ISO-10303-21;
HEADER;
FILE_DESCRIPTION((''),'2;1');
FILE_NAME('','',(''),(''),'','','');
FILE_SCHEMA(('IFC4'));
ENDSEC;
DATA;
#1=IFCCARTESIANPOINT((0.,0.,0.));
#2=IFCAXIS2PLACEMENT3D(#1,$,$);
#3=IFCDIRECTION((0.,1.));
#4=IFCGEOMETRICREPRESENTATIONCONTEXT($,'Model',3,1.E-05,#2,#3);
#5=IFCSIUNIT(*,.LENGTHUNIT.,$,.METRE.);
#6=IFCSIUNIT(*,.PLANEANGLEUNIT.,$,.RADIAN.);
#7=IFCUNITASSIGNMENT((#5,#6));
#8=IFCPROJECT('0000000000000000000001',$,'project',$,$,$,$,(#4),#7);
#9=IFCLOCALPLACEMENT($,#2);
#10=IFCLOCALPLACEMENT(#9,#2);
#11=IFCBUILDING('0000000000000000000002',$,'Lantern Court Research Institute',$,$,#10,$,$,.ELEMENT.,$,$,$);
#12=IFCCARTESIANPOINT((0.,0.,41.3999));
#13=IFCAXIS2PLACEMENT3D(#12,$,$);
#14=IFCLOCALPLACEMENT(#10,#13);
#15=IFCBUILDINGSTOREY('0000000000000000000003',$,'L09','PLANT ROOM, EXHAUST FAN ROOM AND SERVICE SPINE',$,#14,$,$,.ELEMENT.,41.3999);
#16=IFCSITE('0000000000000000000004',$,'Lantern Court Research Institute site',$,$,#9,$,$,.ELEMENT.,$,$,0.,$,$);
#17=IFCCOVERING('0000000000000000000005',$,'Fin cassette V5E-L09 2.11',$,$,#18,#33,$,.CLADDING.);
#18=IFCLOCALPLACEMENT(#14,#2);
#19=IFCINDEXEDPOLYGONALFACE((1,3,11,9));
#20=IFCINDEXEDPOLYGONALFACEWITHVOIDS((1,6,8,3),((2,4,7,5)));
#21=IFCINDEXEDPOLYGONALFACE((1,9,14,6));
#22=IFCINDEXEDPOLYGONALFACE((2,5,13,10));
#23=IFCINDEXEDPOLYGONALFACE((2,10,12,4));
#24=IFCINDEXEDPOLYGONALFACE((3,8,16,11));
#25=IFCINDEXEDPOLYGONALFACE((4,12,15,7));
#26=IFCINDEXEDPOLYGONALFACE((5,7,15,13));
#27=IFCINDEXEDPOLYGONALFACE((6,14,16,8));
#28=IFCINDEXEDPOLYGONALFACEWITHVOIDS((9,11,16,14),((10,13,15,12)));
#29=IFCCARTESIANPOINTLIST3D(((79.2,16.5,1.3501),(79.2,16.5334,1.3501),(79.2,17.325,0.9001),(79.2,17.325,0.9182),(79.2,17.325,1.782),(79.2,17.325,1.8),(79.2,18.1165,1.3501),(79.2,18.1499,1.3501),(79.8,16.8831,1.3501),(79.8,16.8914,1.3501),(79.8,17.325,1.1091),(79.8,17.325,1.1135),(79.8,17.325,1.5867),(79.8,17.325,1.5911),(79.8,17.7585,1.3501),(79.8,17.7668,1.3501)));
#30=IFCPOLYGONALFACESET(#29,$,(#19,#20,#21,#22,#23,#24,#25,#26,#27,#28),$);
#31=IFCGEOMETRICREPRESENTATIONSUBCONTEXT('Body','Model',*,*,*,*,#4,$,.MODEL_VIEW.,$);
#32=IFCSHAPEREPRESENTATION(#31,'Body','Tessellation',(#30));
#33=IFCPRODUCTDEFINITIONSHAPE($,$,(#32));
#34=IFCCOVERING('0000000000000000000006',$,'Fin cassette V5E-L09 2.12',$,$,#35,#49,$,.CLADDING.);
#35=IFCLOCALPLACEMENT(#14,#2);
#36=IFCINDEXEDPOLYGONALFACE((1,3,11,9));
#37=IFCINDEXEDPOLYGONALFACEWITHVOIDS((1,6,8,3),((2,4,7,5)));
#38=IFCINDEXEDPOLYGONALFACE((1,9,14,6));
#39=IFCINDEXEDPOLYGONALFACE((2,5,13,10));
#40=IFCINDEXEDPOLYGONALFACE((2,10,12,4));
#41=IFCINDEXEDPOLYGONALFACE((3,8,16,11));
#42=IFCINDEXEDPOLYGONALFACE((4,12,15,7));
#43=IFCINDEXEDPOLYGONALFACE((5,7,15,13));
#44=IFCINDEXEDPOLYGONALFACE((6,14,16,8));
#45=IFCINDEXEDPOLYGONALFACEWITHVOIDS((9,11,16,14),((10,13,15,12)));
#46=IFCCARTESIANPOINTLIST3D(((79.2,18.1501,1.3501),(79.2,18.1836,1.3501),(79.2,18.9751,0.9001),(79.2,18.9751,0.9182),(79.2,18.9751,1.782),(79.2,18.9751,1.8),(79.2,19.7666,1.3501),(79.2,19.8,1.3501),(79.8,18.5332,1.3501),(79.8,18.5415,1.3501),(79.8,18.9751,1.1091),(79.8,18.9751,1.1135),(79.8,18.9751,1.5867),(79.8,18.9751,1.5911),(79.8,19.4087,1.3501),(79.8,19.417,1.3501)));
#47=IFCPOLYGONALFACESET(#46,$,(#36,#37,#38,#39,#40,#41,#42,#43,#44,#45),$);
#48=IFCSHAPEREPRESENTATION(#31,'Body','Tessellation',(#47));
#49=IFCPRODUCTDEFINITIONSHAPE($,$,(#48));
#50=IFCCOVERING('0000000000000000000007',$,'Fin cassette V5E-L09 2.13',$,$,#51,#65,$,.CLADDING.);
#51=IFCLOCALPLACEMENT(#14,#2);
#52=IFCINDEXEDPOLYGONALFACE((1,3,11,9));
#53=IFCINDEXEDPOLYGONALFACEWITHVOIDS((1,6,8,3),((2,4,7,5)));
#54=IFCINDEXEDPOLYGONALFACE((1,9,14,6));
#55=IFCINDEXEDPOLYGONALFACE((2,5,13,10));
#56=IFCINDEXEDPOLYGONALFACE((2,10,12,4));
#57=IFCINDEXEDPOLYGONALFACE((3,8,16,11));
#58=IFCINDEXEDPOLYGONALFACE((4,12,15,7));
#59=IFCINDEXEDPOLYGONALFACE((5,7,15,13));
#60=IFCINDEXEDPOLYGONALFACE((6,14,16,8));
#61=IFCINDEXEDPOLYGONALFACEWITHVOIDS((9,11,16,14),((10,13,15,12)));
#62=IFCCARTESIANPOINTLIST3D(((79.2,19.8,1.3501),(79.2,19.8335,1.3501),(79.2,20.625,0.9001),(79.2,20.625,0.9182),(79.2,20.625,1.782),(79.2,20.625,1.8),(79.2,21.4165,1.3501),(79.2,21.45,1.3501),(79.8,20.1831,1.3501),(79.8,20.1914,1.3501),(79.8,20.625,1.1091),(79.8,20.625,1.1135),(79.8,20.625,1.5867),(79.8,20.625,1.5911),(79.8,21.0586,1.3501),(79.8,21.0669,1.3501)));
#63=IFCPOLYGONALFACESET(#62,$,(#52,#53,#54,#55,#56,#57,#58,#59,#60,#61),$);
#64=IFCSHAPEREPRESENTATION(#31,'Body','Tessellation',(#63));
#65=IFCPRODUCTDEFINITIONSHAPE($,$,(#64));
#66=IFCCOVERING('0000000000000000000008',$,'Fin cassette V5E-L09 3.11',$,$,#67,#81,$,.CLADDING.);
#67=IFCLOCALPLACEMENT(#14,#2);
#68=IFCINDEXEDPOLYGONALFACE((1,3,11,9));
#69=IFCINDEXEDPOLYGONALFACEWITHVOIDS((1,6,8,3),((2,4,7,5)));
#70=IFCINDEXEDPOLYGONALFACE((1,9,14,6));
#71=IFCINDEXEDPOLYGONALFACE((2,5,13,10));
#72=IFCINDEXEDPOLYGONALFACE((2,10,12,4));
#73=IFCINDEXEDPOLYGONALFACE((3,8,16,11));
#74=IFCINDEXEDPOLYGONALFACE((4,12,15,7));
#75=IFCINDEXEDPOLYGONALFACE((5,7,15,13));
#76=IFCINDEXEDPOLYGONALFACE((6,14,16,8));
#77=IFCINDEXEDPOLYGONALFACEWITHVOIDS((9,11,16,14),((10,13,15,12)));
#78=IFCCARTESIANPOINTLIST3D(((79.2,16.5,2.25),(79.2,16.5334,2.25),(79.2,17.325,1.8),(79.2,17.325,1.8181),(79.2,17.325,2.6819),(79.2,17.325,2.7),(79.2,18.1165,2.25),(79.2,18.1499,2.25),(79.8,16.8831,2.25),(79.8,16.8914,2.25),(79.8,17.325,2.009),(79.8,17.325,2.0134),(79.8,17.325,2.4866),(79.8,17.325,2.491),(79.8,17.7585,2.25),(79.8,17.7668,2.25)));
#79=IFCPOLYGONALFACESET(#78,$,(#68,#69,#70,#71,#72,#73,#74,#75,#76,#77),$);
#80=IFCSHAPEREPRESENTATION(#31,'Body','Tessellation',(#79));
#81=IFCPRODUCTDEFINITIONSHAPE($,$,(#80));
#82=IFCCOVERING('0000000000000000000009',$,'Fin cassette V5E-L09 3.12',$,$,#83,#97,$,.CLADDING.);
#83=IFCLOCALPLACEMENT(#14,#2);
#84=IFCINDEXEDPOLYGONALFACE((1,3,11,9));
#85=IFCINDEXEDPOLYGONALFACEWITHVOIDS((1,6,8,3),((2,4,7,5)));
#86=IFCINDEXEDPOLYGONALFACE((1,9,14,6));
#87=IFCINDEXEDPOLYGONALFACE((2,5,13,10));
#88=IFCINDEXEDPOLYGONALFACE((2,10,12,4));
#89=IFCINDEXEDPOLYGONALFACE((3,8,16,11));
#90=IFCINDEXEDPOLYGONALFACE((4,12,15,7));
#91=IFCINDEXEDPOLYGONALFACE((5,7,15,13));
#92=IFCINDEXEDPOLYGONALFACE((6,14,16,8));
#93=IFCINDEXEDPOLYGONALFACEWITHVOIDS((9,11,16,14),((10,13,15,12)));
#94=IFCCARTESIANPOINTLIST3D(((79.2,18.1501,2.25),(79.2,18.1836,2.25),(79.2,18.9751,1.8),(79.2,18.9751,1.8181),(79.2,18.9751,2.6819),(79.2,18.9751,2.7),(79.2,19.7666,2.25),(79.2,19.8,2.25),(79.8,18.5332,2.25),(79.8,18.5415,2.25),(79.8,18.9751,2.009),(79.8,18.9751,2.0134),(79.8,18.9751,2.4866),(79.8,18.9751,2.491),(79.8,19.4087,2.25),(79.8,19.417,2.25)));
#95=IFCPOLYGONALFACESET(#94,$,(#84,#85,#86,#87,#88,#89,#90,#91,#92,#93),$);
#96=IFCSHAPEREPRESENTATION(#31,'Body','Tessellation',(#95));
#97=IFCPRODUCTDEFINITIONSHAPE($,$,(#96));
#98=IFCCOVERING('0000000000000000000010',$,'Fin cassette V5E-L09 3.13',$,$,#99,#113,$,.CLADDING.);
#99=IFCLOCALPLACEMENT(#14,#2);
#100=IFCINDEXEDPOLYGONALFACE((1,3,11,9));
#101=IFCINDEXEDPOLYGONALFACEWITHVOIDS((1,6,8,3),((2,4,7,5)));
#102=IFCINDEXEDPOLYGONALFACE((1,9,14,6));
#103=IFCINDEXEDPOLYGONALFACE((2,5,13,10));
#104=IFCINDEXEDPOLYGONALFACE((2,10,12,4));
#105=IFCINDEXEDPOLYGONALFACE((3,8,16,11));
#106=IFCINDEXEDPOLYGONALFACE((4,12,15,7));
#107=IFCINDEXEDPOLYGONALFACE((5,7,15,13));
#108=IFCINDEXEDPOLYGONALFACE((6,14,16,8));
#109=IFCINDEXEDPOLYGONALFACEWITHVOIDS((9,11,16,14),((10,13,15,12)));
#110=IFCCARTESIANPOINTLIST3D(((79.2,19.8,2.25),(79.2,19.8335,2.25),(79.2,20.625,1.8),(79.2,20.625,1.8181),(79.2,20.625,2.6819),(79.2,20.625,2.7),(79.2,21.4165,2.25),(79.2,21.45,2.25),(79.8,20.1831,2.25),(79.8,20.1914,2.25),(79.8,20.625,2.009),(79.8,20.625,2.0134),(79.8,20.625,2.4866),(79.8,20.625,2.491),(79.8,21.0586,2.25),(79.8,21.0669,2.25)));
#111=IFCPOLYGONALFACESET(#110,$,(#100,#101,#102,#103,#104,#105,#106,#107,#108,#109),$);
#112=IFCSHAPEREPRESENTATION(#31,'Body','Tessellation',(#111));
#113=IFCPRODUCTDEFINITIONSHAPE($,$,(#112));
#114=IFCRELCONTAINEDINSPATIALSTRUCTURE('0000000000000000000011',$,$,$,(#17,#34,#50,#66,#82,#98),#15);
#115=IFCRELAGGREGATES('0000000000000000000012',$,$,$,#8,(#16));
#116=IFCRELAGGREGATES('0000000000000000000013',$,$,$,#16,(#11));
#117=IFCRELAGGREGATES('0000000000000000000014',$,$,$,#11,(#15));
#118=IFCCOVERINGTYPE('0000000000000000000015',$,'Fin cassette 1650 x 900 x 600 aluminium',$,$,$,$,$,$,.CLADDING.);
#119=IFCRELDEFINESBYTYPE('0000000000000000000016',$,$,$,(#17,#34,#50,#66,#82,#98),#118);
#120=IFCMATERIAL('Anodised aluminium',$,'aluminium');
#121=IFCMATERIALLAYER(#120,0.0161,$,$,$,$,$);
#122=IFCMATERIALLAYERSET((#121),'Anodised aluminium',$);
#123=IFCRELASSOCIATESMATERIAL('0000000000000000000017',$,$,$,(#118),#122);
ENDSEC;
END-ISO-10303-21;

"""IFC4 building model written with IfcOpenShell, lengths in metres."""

from ifc_helpers import new_model, entity, si_unit, direction, frame, origin, place, context, subcontext, project, spatial, material, layer, layer_set, type_object, element, save


model = new_model("IFC4")

# Units and contexts
model_context = context("Model", 3, precision=1e-05, world=origin(), true_north=direction((0.0, 1.0)))
body_context = subcontext(model_context, "Body", "Model", "MODEL_VIEW")
ifc_project = project(units=[si_unit("LENGTHUNIT", "METRE"), si_unit("PLANEANGLEUNIT", "RADIAN")], contexts=[model_context])

# Site, building, storey
site_placement = place(None, origin())
site = spatial("IfcSite", under=ifc_project, at=site_placement, Name="Lantern Court Research Institute site", CompositionType="ELEMENT", RefElevation=0.0)
building_placement = place(site_placement, origin())
building = spatial("IfcBuilding", under=site, at=building_placement, Name="Lantern Court Research Institute", CompositionType="ELEMENT")
storey_placement = place(building_placement, frame((0.0, 0.0, 41.3999)))
storey = spatial("IfcBuildingStorey", under=building, at=storey_placement, Name="L09", Description="PLANT ROOM, EXHAUST FAN ROOM AND SERVICE SPINE", CompositionType="ELEMENT", Elevation=41.3999)

# Coverings
ifc_material_1 = material(Name="Anodised aluminium", Category="aluminium")
ifc_layer_1 = layer(ifc_material_1, 0.0161)
ifc_layer_set_1 = layer_set([ifc_layer_1], Name="Anodised aluminium")
covering_type = type_object("IfcCoveringType", Name="Fin cassette 1650 x 900 x 600 aluminium", PredefinedType="CLADDING", material=ifc_layer_set_1)
covering_1_placement = place(storey_placement, frame((79.2, 17.325, 1.3501), z_axis=(1.0, 0.0, 0.0), x_axis=(0.0, 1.0, 0.0)))
cartesian_point_1 = entity("IfcCartesianPoint", [0.825, 0.0])
cartesian_point_2 = entity("IfcCartesianPoint", [0.7915, 0.0])
cartesian_point_3 = entity("IfcCartesianPoint", [0.4419, 0.0])
cartesian_point_4 = entity("IfcCartesianPoint", [0.4336, 0.0])
element("IfcCovering", 1, at=covering_1_placement, inside=storey, type_object=covering_type, Name="Fin cassette V5E-L09 2.11", PredefinedType="CLADDING", context=body_context, shape_type="SweptSolid", body=[
    entity("IfcExtrudedAreaSolidTapered", entity("IfcArbitraryProfileDefWithVoids", "AREA", None, entity("IfcPolyline", [cartesian_point_1, entity("IfcCartesianPoint", [0.0, 0.45]), entity("IfcCartesianPoint", [-0.825, 0.0]), entity("IfcCartesianPoint", [0.0, -0.45]), cartesian_point_1]), [entity("IfcPolyline", [cartesian_point_2, entity("IfcCartesianPoint", [0.0, 0.4319]), entity("IfcCartesianPoint", [-0.7915, 0.0]), entity("IfcCartesianPoint", [0.0, -0.4319]), cartesian_point_2])]), entity("IfcAxis2Placement3D", entity("IfcCartesianPoint", [0.0, 0.0, 0.0])), entity("IfcDirection", [0.0, 0.0, 1.0]), 0.6001, entity("IfcArbitraryProfileDefWithVoids", "AREA", None, entity("IfcPolyline", [cartesian_point_3, entity("IfcCartesianPoint", [0.0, 0.241]), entity("IfcCartesianPoint", [-0.4419, 0.0]), entity("IfcCartesianPoint", [0.0, -0.241]), cartesian_point_3]), [entity("IfcPolyline", [cartesian_point_4, entity("IfcCartesianPoint", [0.0, 0.2366]), entity("IfcCartesianPoint", [-0.4336, 0.0]), entity("IfcCartesianPoint", [0.0, -0.2366]), cartesian_point_4])])),
])
covering_2_placement = place(storey_placement, frame((79.2, 18.9751, 1.3501), z_axis=(1.0, 0.0, 0.0), x_axis=(0.0, 1.0, 0.0)))
cartesian_point_5 = entity("IfcCartesianPoint", [0.825, 0.0])
cartesian_point_6 = entity("IfcCartesianPoint", [0.7915, 0.0])
cartesian_point_7 = entity("IfcCartesianPoint", [0.4419, 0.0])
cartesian_point_8 = entity("IfcCartesianPoint", [0.4336, 0.0])
element("IfcCovering", 2, at=covering_2_placement, inside=storey, type_object=covering_type, Name="Fin cassette V5E-L09 2.12", PredefinedType="CLADDING", context=body_context, shape_type="SweptSolid", body=[
    entity("IfcExtrudedAreaSolidTapered", entity("IfcArbitraryProfileDefWithVoids", "AREA", None, entity("IfcPolyline", [cartesian_point_5, entity("IfcCartesianPoint", [0.0, 0.45]), entity("IfcCartesianPoint", [-0.825, 0.0]), entity("IfcCartesianPoint", [0.0, -0.45]), cartesian_point_5]), [entity("IfcPolyline", [cartesian_point_6, entity("IfcCartesianPoint", [0.0, 0.4319]), entity("IfcCartesianPoint", [-0.7915, 0.0]), entity("IfcCartesianPoint", [0.0, -0.4319]), cartesian_point_6])]), entity("IfcAxis2Placement3D", entity("IfcCartesianPoint", [0.0, 0.0, 0.0])), entity("IfcDirection", [0.0, 0.0, 1.0]), 0.6001, entity("IfcArbitraryProfileDefWithVoids", "AREA", None, entity("IfcPolyline", [cartesian_point_7, entity("IfcCartesianPoint", [0.0, 0.241]), entity("IfcCartesianPoint", [-0.4419, 0.0]), entity("IfcCartesianPoint", [0.0, -0.241]), cartesian_point_7]), [entity("IfcPolyline", [cartesian_point_8, entity("IfcCartesianPoint", [0.0, 0.2366]), entity("IfcCartesianPoint", [-0.4336, 0.0]), entity("IfcCartesianPoint", [0.0, -0.2366]), cartesian_point_8])])),
])
covering_3_placement = place(storey_placement, frame((79.2, 20.625, 1.3501), z_axis=(1.0, 0.0, 0.0), x_axis=(0.0, 1.0, 0.0)))
cartesian_point_9 = entity("IfcCartesianPoint", [0.825, 0.0])
cartesian_point_10 = entity("IfcCartesianPoint", [0.7915, 0.0])
cartesian_point_11 = entity("IfcCartesianPoint", [0.4419, 0.0])
cartesian_point_12 = entity("IfcCartesianPoint", [0.4336, 0.0])
element("IfcCovering", 3, at=covering_3_placement, inside=storey, type_object=covering_type, Name="Fin cassette V5E-L09 2.13", PredefinedType="CLADDING", context=body_context, shape_type="SweptSolid", body=[
    entity("IfcExtrudedAreaSolidTapered", entity("IfcArbitraryProfileDefWithVoids", "AREA", None, entity("IfcPolyline", [cartesian_point_9, entity("IfcCartesianPoint", [0.0, 0.45]), entity("IfcCartesianPoint", [-0.825, 0.0]), entity("IfcCartesianPoint", [0.0, -0.45]), cartesian_point_9]), [entity("IfcPolyline", [cartesian_point_10, entity("IfcCartesianPoint", [0.0, 0.4319]), entity("IfcCartesianPoint", [-0.7915, 0.0]), entity("IfcCartesianPoint", [0.0, -0.4319]), cartesian_point_10])]), entity("IfcAxis2Placement3D", entity("IfcCartesianPoint", [0.0, 0.0, 0.0])), entity("IfcDirection", [0.0, 0.0, 1.0]), 0.6001, entity("IfcArbitraryProfileDefWithVoids", "AREA", None, entity("IfcPolyline", [cartesian_point_11, entity("IfcCartesianPoint", [0.0, 0.241]), entity("IfcCartesianPoint", [-0.4419, 0.0]), entity("IfcCartesianPoint", [0.0, -0.241]), cartesian_point_11]), [entity("IfcPolyline", [cartesian_point_12, entity("IfcCartesianPoint", [0.0, 0.2366]), entity("IfcCartesianPoint", [-0.4336, 0.0]), entity("IfcCartesianPoint", [0.0, -0.2366]), cartesian_point_12])])),
])
covering_4_placement = place(storey_placement, frame((79.2, 17.325, 2.25), z_axis=(1.0, 0.0, 0.0), x_axis=(0.0, 1.0, 0.0)))
cartesian_point_13 = entity("IfcCartesianPoint", [0.825, 0.0])
cartesian_point_14 = entity("IfcCartesianPoint", [0.7915, 0.0])
cartesian_point_15 = entity("IfcCartesianPoint", [0.4419, 0.0])
cartesian_point_16 = entity("IfcCartesianPoint", [0.4336, 0.0])
element("IfcCovering", 4, at=covering_4_placement, inside=storey, type_object=covering_type, Name="Fin cassette V5E-L09 3.11", PredefinedType="CLADDING", context=body_context, shape_type="SweptSolid", body=[
    entity("IfcExtrudedAreaSolidTapered", entity("IfcArbitraryProfileDefWithVoids", "AREA", None, entity("IfcPolyline", [cartesian_point_13, entity("IfcCartesianPoint", [0.0, 0.45]), entity("IfcCartesianPoint", [-0.825, 0.0]), entity("IfcCartesianPoint", [0.0, -0.45]), cartesian_point_13]), [entity("IfcPolyline", [cartesian_point_14, entity("IfcCartesianPoint", [0.0, 0.4319]), entity("IfcCartesianPoint", [-0.7915, 0.0]), entity("IfcCartesianPoint", [0.0, -0.4319]), cartesian_point_14])]), entity("IfcAxis2Placement3D", entity("IfcCartesianPoint", [0.0, 0.0, 0.0])), entity("IfcDirection", [0.0, 0.0, 1.0]), 0.6001, entity("IfcArbitraryProfileDefWithVoids", "AREA", None, entity("IfcPolyline", [cartesian_point_15, entity("IfcCartesianPoint", [0.0, 0.241]), entity("IfcCartesianPoint", [-0.4419, 0.0]), entity("IfcCartesianPoint", [0.0, -0.241]), cartesian_point_15]), [entity("IfcPolyline", [cartesian_point_16, entity("IfcCartesianPoint", [0.0, 0.2366]), entity("IfcCartesianPoint", [-0.4336, 0.0]), entity("IfcCartesianPoint", [0.0, -0.2366]), cartesian_point_16])])),
])
covering_5_placement = place(storey_placement, frame((79.2, 18.9751, 2.25), z_axis=(1.0, 0.0, 0.0), x_axis=(0.0, 1.0, 0.0)))
cartesian_point_17 = entity("IfcCartesianPoint", [0.825, 0.0])
cartesian_point_18 = entity("IfcCartesianPoint", [0.7915, 0.0])
cartesian_point_19 = entity("IfcCartesianPoint", [0.4419, 0.0])
cartesian_point_20 = entity("IfcCartesianPoint", [0.4336, 0.0])
element("IfcCovering", 5, at=covering_5_placement, inside=storey, type_object=covering_type, Name="Fin cassette V5E-L09 3.12", PredefinedType="CLADDING", context=body_context, shape_type="SweptSolid", body=[
    entity("IfcExtrudedAreaSolidTapered", entity("IfcArbitraryProfileDefWithVoids", "AREA", None, entity("IfcPolyline", [cartesian_point_17, entity("IfcCartesianPoint", [0.0, 0.45]), entity("IfcCartesianPoint", [-0.825, 0.0]), entity("IfcCartesianPoint", [0.0, -0.45]), cartesian_point_17]), [entity("IfcPolyline", [cartesian_point_18, entity("IfcCartesianPoint", [0.0, 0.4319]), entity("IfcCartesianPoint", [-0.7915, 0.0]), entity("IfcCartesianPoint", [0.0, -0.4319]), cartesian_point_18])]), entity("IfcAxis2Placement3D", entity("IfcCartesianPoint", [0.0, 0.0, 0.0])), entity("IfcDirection", [0.0, 0.0, 1.0]), 0.6001, entity("IfcArbitraryProfileDefWithVoids", "AREA", None, entity("IfcPolyline", [cartesian_point_19, entity("IfcCartesianPoint", [0.0, 0.241]), entity("IfcCartesianPoint", [-0.4419, 0.0]), entity("IfcCartesianPoint", [0.0, -0.241]), cartesian_point_19]), [entity("IfcPolyline", [cartesian_point_20, entity("IfcCartesianPoint", [0.0, 0.2366]), entity("IfcCartesianPoint", [-0.4336, 0.0]), entity("IfcCartesianPoint", [0.0, -0.2366]), cartesian_point_20])])),
])
covering_6_placement = place(storey_placement, frame((79.2, 20.625, 2.25), z_axis=(1.0, 0.0, 0.0), x_axis=(0.0, 1.0, 0.0)))
cartesian_point_21 = entity("IfcCartesianPoint", [0.825, 0.0])
cartesian_point_22 = entity("IfcCartesianPoint", [0.7915, 0.0])
cartesian_point_23 = entity("IfcCartesianPoint", [0.4419, 0.0])
cartesian_point_24 = entity("IfcCartesianPoint", [0.4336, 0.0])
element("IfcCovering", 6, at=covering_6_placement, inside=storey, type_object=covering_type, Name="Fin cassette V5E-L09 3.13", PredefinedType="CLADDING", context=body_context, shape_type="SweptSolid", body=[
    entity("IfcExtrudedAreaSolidTapered", entity("IfcArbitraryProfileDefWithVoids", "AREA", None, entity("IfcPolyline", [cartesian_point_21, entity("IfcCartesianPoint", [0.0, 0.45]), entity("IfcCartesianPoint", [-0.825, 0.0]), entity("IfcCartesianPoint", [0.0, -0.45]), cartesian_point_21]), [entity("IfcPolyline", [cartesian_point_22, entity("IfcCartesianPoint", [0.0, 0.4319]), entity("IfcCartesianPoint", [-0.7915, 0.0]), entity("IfcCartesianPoint", [0.0, -0.4319]), cartesian_point_22])]), entity("IfcAxis2Placement3D", entity("IfcCartesianPoint", [0.0, 0.0, 0.0])), entity("IfcDirection", [0.0, 0.0, 1.0]), 0.6001, entity("IfcArbitraryProfileDefWithVoids", "AREA", None, entity("IfcPolyline", [cartesian_point_23, entity("IfcCartesianPoint", [0.0, 0.241]), entity("IfcCartesianPoint", [-0.4419, 0.0]), entity("IfcCartesianPoint", [0.0, -0.241]), cartesian_point_23]), [entity("IfcPolyline", [cartesian_point_24, entity("IfcCartesianPoint", [0.0, 0.2366]), entity("IfcCartesianPoint", [-0.4336, 0.0]), entity("IfcCartesianPoint", [0.0, -0.2366]), cartesian_point_24])])),
])

save(model, "model.ifc")
